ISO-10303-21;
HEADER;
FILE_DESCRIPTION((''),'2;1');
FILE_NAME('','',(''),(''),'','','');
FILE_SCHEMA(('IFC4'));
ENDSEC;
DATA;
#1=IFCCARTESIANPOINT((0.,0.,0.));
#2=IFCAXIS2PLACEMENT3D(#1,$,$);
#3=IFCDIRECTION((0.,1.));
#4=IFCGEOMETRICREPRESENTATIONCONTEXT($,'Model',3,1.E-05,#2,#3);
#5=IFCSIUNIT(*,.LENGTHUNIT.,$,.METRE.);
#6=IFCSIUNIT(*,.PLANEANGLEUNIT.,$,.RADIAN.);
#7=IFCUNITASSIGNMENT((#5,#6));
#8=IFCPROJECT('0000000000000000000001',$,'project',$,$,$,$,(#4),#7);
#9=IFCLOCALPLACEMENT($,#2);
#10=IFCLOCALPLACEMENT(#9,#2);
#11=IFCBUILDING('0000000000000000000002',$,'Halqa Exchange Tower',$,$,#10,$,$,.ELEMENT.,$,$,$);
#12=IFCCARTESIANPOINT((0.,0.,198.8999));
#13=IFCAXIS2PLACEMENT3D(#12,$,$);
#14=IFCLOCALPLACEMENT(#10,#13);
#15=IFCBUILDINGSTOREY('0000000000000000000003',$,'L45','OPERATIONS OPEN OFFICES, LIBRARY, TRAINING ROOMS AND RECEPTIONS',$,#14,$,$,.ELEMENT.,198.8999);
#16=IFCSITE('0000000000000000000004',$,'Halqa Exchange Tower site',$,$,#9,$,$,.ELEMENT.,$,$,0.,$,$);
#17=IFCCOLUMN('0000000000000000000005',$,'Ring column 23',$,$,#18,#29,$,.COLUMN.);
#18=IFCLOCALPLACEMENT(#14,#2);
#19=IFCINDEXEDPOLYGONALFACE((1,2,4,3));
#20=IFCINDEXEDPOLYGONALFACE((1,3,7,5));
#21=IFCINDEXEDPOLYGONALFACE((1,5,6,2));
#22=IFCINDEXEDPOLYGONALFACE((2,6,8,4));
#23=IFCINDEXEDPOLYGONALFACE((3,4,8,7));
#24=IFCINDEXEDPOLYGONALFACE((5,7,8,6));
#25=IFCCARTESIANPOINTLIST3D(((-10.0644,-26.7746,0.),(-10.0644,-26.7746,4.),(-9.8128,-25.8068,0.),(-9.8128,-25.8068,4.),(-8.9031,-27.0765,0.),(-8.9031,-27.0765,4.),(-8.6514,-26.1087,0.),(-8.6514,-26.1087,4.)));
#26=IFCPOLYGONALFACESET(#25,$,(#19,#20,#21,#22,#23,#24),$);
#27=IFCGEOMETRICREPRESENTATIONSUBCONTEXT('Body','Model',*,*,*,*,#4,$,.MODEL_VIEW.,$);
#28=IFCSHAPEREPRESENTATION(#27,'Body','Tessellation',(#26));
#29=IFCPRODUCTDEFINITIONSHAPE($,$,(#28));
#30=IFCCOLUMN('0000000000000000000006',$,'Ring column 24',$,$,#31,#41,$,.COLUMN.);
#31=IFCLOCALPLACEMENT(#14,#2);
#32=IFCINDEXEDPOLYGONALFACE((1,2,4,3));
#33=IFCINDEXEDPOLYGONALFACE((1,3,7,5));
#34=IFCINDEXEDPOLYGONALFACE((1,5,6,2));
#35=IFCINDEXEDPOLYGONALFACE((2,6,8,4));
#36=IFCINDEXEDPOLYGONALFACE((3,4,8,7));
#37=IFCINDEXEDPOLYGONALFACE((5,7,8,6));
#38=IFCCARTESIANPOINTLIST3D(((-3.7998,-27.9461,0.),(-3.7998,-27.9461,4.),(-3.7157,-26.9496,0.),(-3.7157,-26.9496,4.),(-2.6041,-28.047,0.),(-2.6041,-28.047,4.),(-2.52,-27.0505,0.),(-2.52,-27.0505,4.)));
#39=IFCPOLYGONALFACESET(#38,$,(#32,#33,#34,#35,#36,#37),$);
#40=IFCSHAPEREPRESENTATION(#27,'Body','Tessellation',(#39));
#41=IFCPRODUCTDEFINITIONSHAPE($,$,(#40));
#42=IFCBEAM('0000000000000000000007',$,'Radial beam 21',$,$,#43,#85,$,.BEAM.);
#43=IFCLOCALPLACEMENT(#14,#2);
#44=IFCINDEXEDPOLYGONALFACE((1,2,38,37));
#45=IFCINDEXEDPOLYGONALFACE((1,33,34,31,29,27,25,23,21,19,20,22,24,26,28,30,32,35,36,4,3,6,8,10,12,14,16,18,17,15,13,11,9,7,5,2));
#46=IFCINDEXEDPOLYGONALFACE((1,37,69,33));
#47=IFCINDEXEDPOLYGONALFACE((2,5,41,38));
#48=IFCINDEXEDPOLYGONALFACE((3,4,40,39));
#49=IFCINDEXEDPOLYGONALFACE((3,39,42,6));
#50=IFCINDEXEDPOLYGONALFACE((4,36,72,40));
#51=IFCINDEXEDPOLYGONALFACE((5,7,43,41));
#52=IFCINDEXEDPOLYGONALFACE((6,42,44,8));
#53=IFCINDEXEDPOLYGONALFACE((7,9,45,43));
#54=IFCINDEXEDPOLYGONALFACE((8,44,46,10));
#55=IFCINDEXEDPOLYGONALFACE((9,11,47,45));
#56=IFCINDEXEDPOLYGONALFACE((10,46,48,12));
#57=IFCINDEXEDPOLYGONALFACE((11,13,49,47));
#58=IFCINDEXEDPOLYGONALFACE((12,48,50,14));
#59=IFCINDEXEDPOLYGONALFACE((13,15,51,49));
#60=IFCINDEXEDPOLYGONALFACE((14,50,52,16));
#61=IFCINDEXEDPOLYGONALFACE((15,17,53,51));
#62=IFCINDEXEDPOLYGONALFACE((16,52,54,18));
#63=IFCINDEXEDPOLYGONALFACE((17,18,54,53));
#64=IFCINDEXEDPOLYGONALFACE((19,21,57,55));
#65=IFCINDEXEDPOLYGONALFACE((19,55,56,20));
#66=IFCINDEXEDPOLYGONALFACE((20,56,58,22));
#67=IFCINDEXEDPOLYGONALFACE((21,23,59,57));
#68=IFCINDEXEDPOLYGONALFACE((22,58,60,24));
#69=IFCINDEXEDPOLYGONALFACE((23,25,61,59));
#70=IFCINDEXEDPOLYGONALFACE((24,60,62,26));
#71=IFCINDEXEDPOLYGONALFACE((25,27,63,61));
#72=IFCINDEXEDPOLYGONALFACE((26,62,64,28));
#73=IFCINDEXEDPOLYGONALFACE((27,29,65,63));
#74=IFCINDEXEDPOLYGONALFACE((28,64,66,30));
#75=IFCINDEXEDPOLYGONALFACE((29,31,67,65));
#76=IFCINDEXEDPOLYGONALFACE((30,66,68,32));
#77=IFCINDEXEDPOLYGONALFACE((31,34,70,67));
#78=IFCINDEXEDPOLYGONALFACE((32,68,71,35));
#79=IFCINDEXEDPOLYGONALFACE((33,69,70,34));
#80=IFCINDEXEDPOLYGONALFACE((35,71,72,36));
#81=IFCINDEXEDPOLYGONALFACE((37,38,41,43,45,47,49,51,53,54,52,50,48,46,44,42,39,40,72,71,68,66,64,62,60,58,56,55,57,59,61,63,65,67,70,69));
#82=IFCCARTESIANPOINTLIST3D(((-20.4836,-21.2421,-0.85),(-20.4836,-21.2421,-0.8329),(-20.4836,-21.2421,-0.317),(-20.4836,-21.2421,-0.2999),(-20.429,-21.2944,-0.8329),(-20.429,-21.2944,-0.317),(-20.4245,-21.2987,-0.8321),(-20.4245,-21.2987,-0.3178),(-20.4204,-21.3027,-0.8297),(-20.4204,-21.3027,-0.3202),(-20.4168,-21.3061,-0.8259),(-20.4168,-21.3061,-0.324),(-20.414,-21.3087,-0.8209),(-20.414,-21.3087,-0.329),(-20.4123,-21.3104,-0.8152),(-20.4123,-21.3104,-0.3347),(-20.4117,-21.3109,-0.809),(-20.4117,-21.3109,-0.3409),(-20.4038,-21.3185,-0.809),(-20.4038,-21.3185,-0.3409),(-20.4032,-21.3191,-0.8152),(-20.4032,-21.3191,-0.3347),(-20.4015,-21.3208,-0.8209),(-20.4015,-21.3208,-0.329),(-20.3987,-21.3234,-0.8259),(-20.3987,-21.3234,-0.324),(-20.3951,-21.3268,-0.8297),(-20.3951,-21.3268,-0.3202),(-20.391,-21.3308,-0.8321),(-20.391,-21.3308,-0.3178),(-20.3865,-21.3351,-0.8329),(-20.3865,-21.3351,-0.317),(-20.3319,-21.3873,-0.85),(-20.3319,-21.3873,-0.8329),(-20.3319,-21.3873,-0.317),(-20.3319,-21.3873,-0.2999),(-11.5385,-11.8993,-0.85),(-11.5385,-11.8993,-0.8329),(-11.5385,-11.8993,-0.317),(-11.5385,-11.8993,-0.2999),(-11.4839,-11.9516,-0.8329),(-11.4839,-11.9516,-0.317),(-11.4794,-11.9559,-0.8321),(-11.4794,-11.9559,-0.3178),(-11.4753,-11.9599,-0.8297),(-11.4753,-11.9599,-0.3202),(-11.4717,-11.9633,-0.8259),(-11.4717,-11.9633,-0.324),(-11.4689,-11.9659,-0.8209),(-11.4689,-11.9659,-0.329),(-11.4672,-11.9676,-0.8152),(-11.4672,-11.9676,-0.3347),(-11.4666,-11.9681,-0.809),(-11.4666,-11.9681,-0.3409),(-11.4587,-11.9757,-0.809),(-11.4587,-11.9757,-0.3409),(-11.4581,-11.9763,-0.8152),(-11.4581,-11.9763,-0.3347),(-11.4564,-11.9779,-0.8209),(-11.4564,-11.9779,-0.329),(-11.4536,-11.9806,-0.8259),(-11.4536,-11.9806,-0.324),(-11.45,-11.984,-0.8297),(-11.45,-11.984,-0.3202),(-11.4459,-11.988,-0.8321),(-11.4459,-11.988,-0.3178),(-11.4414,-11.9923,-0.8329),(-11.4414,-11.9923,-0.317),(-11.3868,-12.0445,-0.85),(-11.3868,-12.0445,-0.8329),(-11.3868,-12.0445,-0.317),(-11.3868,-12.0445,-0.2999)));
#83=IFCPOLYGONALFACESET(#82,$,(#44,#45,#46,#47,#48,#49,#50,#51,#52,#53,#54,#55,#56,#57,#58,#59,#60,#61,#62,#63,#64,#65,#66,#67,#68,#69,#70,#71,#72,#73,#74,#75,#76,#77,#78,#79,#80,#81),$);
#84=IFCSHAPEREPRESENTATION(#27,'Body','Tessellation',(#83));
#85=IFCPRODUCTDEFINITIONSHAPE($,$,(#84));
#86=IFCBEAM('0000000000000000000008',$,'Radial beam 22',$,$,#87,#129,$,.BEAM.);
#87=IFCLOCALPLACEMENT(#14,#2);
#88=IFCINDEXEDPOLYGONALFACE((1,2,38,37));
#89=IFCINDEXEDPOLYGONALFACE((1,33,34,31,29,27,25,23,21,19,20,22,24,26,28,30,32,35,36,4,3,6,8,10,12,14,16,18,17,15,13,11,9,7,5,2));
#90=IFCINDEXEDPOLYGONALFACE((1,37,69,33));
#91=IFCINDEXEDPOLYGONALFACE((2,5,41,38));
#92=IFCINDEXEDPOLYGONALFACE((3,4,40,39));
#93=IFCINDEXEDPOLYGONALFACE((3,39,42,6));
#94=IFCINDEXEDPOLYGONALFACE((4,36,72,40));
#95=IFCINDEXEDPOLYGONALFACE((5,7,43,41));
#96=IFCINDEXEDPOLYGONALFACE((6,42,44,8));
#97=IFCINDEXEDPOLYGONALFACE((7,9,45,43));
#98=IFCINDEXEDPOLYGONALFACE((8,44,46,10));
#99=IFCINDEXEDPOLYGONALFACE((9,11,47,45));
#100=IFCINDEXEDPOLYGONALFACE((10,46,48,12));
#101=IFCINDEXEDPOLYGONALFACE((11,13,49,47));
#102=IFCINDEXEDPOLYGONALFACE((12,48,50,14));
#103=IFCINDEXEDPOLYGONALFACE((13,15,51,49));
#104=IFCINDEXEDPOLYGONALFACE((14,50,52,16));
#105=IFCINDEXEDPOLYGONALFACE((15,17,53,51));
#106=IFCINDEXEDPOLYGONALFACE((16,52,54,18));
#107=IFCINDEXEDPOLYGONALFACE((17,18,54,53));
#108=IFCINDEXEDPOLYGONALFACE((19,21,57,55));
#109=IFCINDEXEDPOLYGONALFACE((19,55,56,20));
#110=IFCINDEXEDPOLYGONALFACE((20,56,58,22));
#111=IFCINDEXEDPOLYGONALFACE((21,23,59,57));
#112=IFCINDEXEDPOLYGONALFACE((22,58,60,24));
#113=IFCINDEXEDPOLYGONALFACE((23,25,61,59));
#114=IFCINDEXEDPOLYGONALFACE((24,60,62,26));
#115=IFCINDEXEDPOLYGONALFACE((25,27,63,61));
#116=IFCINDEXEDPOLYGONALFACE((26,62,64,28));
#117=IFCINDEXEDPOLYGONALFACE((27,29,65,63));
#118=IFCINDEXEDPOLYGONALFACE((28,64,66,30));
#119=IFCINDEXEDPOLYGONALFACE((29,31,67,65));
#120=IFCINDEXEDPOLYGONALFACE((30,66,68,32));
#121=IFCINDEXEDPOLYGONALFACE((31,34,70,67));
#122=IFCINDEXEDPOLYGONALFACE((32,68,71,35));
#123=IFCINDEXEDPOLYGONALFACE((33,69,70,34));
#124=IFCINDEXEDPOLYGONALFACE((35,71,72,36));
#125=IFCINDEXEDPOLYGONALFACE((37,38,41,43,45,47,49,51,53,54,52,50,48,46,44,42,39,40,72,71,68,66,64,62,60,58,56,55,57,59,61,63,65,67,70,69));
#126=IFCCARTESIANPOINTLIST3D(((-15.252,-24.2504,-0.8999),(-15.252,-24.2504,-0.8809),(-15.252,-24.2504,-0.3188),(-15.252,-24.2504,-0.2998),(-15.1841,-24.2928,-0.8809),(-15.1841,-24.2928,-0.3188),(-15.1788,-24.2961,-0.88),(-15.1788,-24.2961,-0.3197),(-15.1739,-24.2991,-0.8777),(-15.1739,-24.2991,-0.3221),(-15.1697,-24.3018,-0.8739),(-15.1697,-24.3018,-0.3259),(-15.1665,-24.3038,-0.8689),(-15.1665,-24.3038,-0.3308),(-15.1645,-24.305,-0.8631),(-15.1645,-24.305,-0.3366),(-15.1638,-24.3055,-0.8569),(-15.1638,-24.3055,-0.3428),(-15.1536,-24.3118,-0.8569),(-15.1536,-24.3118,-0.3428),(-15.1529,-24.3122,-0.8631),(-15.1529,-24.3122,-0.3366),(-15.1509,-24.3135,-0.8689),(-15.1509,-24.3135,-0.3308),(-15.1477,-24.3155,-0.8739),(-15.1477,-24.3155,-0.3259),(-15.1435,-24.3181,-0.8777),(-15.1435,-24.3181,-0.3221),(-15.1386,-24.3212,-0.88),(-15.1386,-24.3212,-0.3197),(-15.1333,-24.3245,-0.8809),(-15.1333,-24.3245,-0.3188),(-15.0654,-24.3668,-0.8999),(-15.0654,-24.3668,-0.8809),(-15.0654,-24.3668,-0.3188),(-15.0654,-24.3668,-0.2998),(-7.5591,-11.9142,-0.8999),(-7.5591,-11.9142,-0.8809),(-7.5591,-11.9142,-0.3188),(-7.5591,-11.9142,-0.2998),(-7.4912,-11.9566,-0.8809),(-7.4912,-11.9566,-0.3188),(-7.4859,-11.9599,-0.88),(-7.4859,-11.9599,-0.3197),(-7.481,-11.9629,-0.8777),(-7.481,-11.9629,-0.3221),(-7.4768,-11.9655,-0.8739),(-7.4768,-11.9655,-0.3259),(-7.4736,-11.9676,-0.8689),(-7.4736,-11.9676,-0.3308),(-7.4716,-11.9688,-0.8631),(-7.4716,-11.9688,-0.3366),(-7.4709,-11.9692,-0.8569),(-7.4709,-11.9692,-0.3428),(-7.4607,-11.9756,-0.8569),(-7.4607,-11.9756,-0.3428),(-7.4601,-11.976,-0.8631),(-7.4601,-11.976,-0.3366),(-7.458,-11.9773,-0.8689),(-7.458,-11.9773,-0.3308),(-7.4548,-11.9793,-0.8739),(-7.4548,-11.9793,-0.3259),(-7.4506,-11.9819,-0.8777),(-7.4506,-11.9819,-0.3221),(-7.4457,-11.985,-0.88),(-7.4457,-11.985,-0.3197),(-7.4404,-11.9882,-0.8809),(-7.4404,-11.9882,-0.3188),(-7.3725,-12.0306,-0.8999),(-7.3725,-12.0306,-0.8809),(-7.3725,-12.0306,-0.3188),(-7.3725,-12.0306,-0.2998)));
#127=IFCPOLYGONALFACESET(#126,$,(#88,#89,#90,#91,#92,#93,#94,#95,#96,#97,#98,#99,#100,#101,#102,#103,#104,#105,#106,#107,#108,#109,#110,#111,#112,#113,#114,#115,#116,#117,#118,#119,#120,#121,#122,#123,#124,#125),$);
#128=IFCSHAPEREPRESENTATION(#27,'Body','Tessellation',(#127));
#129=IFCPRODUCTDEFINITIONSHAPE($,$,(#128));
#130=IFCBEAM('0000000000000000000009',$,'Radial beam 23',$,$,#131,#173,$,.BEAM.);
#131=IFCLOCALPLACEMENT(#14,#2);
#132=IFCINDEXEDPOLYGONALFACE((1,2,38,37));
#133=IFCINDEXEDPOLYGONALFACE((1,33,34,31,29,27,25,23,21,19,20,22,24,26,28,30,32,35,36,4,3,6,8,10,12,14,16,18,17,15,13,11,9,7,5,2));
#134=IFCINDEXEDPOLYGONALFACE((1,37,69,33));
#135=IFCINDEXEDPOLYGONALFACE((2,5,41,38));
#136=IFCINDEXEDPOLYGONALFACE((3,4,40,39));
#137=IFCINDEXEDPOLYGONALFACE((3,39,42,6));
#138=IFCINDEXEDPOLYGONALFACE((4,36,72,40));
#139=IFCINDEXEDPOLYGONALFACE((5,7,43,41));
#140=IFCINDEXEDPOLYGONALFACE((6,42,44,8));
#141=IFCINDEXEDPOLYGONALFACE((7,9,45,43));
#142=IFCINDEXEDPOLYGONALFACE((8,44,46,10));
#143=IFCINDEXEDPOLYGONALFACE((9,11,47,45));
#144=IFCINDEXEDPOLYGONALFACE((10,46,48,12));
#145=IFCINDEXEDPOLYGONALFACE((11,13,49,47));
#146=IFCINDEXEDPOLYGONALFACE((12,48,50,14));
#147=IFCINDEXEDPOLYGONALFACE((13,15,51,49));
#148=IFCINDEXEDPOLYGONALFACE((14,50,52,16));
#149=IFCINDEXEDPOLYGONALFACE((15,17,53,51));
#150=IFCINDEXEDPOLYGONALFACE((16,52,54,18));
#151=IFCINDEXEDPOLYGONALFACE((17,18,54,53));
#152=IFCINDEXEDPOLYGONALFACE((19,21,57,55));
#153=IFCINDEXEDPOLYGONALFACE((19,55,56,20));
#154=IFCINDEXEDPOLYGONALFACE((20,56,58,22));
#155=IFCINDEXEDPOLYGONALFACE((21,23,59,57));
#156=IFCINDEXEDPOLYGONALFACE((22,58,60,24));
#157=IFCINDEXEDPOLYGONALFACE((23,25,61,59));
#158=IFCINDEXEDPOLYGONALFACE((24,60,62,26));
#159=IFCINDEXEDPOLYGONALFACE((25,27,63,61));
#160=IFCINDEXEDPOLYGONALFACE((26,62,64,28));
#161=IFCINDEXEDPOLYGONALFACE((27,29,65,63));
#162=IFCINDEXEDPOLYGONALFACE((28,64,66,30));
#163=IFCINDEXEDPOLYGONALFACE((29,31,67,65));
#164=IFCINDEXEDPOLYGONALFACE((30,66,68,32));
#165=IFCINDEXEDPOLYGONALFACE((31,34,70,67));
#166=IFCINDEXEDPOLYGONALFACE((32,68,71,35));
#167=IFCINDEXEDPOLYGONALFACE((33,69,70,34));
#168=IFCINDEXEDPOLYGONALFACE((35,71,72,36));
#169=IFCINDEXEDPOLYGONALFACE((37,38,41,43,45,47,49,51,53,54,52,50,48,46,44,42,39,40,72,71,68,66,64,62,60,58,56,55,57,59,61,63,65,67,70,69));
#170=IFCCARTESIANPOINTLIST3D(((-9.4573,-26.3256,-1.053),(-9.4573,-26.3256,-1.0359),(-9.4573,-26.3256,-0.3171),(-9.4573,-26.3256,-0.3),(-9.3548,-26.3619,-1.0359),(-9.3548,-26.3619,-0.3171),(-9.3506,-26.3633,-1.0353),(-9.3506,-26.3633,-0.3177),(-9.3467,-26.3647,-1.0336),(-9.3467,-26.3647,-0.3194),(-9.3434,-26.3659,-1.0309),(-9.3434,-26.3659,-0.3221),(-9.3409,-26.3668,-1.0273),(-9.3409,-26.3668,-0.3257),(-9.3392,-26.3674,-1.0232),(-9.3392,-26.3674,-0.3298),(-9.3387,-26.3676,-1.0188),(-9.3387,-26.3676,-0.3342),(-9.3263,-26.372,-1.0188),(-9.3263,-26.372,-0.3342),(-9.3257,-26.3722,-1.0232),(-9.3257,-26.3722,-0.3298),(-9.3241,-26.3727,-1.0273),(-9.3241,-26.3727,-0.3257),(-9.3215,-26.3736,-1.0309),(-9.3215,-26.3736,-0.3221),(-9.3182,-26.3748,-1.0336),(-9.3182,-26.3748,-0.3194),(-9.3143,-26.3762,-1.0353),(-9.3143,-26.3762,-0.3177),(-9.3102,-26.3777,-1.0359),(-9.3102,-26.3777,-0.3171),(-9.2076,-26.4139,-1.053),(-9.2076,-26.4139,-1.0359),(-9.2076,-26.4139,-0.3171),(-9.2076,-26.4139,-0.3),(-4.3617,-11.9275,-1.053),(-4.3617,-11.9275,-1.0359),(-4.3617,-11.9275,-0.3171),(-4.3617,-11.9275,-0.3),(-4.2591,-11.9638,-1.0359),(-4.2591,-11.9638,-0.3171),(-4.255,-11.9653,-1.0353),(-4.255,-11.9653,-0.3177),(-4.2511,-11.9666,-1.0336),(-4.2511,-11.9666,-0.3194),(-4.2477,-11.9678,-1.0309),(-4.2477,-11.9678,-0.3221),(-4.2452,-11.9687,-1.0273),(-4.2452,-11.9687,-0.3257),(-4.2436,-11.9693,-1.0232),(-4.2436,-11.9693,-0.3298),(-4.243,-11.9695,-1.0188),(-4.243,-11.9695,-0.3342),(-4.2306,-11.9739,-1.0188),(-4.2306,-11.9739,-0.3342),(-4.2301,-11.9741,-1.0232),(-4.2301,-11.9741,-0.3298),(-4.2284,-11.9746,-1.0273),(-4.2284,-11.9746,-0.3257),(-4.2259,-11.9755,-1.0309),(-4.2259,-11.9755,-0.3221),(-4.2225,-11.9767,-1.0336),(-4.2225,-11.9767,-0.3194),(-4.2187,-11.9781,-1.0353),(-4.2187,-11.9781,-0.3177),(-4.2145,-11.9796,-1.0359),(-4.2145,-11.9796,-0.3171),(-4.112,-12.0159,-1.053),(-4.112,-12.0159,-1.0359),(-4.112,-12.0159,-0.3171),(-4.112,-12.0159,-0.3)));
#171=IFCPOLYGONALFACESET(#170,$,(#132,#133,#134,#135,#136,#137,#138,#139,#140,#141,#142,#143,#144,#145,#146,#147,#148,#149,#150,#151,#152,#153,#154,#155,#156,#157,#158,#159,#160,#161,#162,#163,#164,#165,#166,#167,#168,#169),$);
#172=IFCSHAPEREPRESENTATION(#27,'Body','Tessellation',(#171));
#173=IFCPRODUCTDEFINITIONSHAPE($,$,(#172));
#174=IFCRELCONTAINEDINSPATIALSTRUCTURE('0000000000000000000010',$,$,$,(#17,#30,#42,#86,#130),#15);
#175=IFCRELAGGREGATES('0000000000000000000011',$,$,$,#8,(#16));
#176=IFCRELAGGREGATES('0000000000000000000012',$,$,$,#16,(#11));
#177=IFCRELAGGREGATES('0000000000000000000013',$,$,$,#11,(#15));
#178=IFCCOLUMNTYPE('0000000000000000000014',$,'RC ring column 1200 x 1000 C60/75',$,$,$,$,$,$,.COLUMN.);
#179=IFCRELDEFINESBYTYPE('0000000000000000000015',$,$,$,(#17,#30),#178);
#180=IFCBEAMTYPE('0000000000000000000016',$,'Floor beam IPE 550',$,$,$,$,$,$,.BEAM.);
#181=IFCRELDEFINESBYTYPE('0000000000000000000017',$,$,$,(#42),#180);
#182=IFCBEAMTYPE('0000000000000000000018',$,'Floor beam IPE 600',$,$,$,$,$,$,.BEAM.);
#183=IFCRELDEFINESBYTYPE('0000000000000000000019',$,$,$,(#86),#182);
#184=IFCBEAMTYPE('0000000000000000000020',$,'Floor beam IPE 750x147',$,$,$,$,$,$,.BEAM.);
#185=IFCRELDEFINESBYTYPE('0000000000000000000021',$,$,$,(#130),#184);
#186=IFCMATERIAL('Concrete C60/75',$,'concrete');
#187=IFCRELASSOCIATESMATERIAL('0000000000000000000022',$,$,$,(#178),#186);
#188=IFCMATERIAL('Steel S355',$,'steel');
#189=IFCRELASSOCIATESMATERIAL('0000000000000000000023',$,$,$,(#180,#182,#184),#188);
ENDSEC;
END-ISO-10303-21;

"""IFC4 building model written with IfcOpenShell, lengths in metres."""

from ifc_helpers import new_model, si_unit, direction, frame, origin, origin_2d, place, context, subcontext, project, spatial, rectangle, i_section, extrude, material, material_profile, profile_set, type_object, element, save


model = new_model("IFC4")

# Units and contexts
model_context = context("Model", 3, precision=1e-05, world=origin(), true_north=direction((0.0, 1.0)))
body_context = subcontext(model_context, "Body", "Model", "MODEL_VIEW")
ifc_project = project(units=[si_unit("LENGTHUNIT", "METRE"), si_unit("PLANEANGLEUNIT", "RADIAN")], contexts=[model_context])

# Site, building, storey
site_placement = place(None, origin())
site = spatial("IfcSite", under=ifc_project, at=site_placement, Name="Halqa Exchange Tower site", CompositionType="ELEMENT", RefElevation=0.0)
building_placement = place(site_placement, origin())
building = spatial("IfcBuilding", under=site, at=building_placement, Name="Halqa Exchange Tower", CompositionType="ELEMENT")
storey_placement = place(building_placement, frame((0.0, 0.0, 198.8999)))
storey = spatial("IfcBuildingStorey", under=building, at=storey_placement, Name="L45", Description="OPERATIONS OPEN OFFICES, LIBRARY, TRAINING ROOMS AND RECEPTIONS", CompositionType="ELEMENT", Elevation=198.8999)

# Columns
ifc_material_1 = material(Name="Concrete C60/75", Category="concrete")
ifc_material_profile_1 = material_profile(ifc_material_1, rectangle(XDim=1.2, YDim=1.0, at=origin_2d()), Name="1200 x 1000")
ifc_profile_set_1 = profile_set([ifc_material_profile_1], Name="Concrete C60/75")
column_type = type_object("IfcColumnType", Name="RC ring column 1200 x 1000 C60/75", PredefinedType="COLUMN", material=ifc_profile_set_1)
for number, where, z_axis, x_axis, name in (
    (1, (-9.3579, -26.4417, 0.0), (0.0, 0.0, 1.0), (0.96782, -0.251642, 0.0), "Ring column 23"),
    (2, (-3.1599, -27.4983, 0.0), (0.0, 0.0, 1.0), (0.996456, -0.084118, 0.0), "Ring column 24"),
):
    element("IfcColumn", number, at=place(storey_placement, frame(where, z_axis=z_axis, x_axis=x_axis)), inside=storey, type_object=column_type, Name=name, PredefinedType="COLUMN", context=body_context, shape_type="SweptSolid", body=[
        extrude(rectangle(XDim=1.2, YDim=1.0, at=origin_2d()), origin(), (0.0, 0.0, 1.0), 4.0),
    ])

# Beams
ifc_material_2 = material(Name="Steel S355", Category="steel")
ifc_material_profile_2 = material_profile(ifc_material_2, i_section(OverallWidth=0.21, OverallDepth=0.55, WebThickness=0.011, FlangeThickness=0.0171, FilletRadius=0.0239, at=origin_2d()), Name="IPE 550")
ifc_profile_set_2 = profile_set([ifc_material_profile_2], Name="Steel S355")
beam_type_1 = type_object("IfcBeamType", Name="Floor beam IPE 550", PredefinedType="BEAM", material=ifc_profile_set_2)
beam_1_placement = place(storey_placement, frame((-11.4626, -11.9719, -0.575), z_axis=(-0.691566, -0.722313, 0.0), x_axis=(0.722313, -0.691566, 0.0)))
element("IfcBeam", 3, at=beam_1_placement, inside=storey, type_object=beam_type_1, Name="Radial beam 21", PredefinedType="BEAM", context=body_context, shape_type="SweptSolid", body=[
    extrude(i_section(OverallWidth=0.21, OverallDepth=0.55, WebThickness=0.011, FlangeThickness=0.0171, FilletRadius=0.0239, at=origin_2d()), origin(), (0.0, 0.0, 1.0), 12.9346),
])
ifc_material_profile_3 = material_profile(ifc_material_2, i_section(OverallWidth=0.22, OverallDepth=0.6001, WebThickness=0.012, FlangeThickness=0.019, FilletRadius=0.0239, at=origin_2d()), Name="IPE 600")
ifc_profile_set_3 = profile_set([ifc_material_profile_3], Name="Steel S355")
beam_type_2 = type_object("IfcBeamType", Name="Floor beam IPE 600", PredefinedType="BEAM", material=ifc_profile_set_3)
beam_2_placement = place(storey_placement, frame((-7.4658, -11.9724, -0.5999), z_axis=(-0.529146, -0.848531, 0.0), x_axis=(0.848531, -0.529146, 0.0)))
element("IfcBeam", 4, at=beam_2_placement, inside=storey, type_object=beam_type_2, Name="Radial beam 22", PredefinedType="BEAM", context=body_context, shape_type="SweptSolid", body=[
    extrude(i_section(OverallWidth=0.22, OverallDepth=0.6001, WebThickness=0.012, FlangeThickness=0.019, FilletRadius=0.0239, at=origin_2d()), origin(), (0.0, 0.0, 1.0), 14.5383),
])
ifc_material_profile_4 = material_profile(ifc_material_2, i_section(OverallWidth=0.2649, OverallDepth=0.7529, WebThickness=0.0132, FlangeThickness=0.0171, FilletRadius=0.0171, at=origin_2d()), Name="IPE 750x147")
ifc_profile_set_4 = profile_set([ifc_material_profile_4], Name="Steel S355")
beam_type_3 = type_object("IfcBeamType", Name="Floor beam IPE 750x147", PredefinedType="BEAM", material=ifc_profile_set_4)
beam_3_placement = place(storey_placement, frame((-4.2368, -11.9717, -0.6765), z_axis=(-0.333634, -0.942703, 0.0), x_axis=(0.942703, -0.333634, 0.0)))
element("IfcBeam", 5, at=beam_3_placement, inside=storey, type_object=beam_type_3, Name="Radial beam 23", PredefinedType="BEAM", context=body_context, shape_type="SweptSolid", body=[
    extrude(i_section(OverallWidth=0.2649, OverallDepth=0.7529, WebThickness=0.0132, FlangeThickness=0.0171, FilletRadius=0.0171, at=origin_2d()), origin(), (0.0, 0.0, 1.0), 15.2732),
])

save(model, "model.ifc")
